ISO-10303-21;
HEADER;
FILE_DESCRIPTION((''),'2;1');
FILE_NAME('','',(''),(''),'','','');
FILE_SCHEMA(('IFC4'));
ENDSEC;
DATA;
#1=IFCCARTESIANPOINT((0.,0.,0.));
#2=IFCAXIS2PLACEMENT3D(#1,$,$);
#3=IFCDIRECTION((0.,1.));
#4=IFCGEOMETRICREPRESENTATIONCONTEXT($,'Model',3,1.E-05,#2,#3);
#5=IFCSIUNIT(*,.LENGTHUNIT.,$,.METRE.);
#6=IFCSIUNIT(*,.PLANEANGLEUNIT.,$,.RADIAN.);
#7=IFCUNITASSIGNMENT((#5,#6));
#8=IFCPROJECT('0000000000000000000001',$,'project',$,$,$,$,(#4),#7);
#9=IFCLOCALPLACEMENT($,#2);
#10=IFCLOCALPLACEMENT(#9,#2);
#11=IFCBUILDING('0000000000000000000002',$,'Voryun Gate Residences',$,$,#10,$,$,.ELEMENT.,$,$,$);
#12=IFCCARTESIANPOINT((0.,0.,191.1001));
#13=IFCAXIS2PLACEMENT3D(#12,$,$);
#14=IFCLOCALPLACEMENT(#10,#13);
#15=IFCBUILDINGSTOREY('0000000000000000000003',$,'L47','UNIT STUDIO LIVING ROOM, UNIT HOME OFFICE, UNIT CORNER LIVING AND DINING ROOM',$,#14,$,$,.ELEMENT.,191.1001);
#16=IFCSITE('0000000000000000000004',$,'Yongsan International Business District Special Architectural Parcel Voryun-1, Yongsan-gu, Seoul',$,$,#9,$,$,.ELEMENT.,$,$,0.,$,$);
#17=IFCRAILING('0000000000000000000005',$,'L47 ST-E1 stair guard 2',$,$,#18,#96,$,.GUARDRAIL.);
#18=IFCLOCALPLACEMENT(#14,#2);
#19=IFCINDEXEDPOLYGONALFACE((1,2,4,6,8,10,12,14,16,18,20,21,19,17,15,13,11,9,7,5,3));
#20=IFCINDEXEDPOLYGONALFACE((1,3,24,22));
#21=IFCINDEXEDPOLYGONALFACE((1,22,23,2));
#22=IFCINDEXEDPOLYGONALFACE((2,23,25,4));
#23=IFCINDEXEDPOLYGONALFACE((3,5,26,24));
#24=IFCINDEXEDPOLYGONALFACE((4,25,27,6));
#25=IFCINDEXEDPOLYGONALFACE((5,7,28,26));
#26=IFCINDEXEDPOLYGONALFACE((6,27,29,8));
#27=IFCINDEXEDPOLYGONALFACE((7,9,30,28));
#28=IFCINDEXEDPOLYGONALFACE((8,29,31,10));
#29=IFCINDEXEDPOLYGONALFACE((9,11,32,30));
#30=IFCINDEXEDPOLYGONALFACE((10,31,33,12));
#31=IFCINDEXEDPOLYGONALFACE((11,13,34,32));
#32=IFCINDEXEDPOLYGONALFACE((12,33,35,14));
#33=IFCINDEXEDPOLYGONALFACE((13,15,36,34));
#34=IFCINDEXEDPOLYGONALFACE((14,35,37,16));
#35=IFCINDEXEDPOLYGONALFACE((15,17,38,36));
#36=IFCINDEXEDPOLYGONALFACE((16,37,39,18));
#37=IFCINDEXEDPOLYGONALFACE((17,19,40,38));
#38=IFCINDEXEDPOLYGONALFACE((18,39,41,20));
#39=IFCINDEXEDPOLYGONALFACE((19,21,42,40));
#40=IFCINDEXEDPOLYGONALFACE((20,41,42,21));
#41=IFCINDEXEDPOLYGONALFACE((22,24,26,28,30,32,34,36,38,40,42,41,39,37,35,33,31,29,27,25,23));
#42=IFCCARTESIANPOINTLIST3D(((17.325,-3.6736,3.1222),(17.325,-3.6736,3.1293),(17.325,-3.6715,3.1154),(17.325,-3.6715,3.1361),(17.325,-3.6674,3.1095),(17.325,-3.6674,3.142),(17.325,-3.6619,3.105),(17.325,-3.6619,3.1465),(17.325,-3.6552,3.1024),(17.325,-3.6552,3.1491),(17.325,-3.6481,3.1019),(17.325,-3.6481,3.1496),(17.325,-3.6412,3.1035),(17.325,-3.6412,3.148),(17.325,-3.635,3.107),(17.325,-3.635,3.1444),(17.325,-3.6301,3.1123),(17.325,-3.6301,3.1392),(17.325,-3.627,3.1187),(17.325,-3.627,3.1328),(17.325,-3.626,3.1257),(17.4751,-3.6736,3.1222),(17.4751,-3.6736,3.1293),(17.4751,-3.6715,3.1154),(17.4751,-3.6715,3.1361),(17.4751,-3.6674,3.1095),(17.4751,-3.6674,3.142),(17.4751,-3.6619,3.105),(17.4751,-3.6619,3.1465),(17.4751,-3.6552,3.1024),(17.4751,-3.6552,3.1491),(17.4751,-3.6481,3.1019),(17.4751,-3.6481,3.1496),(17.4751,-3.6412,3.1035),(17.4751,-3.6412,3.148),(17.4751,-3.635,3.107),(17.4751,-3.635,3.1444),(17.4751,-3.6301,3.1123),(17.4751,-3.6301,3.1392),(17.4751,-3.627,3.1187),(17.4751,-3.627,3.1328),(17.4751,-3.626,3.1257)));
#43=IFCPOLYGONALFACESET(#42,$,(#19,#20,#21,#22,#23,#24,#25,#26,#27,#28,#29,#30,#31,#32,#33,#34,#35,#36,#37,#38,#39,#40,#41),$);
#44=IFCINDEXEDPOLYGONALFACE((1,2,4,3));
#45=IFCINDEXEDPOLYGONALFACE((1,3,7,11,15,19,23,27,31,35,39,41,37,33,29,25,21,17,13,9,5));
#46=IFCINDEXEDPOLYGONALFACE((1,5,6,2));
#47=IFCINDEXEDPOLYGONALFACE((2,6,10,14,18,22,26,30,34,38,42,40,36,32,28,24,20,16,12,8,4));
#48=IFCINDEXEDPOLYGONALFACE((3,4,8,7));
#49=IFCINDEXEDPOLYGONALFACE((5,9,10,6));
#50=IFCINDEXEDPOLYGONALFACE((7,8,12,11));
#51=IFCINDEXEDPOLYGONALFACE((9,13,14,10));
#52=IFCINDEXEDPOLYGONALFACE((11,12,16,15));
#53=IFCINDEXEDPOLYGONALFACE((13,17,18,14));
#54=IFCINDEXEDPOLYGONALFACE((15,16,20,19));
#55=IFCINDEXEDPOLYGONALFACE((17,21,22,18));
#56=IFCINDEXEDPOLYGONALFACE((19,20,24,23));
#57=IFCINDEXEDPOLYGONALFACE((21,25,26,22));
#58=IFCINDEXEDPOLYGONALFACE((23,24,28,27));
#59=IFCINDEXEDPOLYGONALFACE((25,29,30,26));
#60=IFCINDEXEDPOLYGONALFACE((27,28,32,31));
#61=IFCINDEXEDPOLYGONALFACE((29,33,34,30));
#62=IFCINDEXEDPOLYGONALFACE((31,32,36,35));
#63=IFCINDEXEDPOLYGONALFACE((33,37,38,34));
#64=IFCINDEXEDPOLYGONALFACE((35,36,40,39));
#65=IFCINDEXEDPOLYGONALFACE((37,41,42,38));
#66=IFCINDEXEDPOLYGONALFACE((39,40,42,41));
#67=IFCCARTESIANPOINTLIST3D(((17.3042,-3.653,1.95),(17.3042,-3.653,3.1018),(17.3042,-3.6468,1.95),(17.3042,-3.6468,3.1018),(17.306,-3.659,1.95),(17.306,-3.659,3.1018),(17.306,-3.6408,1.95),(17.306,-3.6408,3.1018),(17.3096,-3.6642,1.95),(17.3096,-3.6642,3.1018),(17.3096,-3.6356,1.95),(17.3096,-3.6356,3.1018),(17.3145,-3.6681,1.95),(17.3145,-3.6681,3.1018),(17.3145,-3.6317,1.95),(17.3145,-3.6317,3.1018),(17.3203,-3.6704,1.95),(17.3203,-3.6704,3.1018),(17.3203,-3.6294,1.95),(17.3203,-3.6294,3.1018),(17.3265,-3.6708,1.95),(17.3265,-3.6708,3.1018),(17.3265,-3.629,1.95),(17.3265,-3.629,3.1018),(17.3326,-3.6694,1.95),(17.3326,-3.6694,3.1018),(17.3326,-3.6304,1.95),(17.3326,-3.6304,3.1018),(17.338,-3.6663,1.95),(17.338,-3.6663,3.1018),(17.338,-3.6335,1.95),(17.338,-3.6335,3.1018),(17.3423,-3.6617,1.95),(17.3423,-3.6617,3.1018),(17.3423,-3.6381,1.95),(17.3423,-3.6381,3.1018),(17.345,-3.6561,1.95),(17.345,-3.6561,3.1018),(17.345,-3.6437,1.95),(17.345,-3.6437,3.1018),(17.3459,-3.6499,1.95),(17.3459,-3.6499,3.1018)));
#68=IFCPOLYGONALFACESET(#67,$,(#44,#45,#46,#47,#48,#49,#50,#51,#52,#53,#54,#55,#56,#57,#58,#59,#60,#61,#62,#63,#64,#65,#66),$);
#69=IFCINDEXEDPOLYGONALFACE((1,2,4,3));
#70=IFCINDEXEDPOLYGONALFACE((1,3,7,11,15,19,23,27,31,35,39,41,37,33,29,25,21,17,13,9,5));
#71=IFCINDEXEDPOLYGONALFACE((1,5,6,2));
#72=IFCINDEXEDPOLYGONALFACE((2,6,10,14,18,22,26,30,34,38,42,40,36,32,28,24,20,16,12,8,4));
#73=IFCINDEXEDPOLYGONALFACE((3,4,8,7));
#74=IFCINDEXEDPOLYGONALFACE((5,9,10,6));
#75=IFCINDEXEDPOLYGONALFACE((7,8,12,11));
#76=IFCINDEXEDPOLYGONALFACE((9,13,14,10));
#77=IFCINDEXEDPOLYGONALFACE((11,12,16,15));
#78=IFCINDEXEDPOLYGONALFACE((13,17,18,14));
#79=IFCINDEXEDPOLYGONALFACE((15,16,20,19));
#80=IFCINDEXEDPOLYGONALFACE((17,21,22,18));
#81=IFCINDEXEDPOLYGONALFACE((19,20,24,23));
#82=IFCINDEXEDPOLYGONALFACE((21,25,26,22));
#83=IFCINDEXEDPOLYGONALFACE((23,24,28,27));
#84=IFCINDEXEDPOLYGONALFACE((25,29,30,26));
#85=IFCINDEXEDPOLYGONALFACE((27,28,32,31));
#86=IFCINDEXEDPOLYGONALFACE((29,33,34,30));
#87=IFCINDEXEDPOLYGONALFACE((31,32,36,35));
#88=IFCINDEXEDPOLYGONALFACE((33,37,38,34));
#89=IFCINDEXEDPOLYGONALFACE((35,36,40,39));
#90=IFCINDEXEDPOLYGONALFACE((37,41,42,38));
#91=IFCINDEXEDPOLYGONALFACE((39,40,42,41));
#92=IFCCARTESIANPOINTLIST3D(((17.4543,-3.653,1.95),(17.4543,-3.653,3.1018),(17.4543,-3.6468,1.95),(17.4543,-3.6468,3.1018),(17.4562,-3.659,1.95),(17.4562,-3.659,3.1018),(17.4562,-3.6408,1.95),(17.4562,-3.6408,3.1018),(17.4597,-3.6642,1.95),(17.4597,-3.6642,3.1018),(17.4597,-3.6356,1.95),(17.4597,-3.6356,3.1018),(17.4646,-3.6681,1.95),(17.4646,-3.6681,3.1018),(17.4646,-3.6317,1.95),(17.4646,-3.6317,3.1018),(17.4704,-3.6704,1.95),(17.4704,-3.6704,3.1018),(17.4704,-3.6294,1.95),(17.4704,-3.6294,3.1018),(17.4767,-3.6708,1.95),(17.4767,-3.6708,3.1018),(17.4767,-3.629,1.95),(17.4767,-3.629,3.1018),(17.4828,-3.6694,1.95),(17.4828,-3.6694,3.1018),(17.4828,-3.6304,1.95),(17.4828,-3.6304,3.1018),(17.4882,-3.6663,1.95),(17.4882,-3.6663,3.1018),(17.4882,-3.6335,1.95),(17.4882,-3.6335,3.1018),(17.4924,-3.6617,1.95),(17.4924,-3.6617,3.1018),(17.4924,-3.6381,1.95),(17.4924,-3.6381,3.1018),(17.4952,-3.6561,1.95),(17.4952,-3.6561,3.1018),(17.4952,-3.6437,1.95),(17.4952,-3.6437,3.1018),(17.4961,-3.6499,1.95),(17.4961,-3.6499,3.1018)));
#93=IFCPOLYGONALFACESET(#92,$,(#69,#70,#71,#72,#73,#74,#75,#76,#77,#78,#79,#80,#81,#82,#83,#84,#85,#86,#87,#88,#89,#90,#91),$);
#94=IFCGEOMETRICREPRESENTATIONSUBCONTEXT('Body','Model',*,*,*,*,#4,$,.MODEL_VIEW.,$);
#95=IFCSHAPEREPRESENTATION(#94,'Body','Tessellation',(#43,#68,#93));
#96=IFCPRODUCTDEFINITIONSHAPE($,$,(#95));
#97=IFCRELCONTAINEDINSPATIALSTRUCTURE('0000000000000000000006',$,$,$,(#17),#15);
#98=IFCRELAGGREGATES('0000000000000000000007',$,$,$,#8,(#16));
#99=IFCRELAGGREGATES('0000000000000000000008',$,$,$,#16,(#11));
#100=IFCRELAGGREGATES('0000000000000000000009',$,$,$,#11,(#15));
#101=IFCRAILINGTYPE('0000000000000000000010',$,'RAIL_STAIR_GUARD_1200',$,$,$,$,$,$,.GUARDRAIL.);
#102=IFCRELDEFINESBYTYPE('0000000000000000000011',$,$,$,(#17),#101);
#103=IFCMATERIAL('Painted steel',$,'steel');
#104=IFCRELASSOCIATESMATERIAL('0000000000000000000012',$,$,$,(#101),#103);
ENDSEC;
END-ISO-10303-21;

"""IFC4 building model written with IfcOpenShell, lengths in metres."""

from ifc_helpers import new_model, si_unit, direction, frame, origin, origin_2d, place, context, subcontext, project, spatial, circle, extrude, material, type_object, element, save


model = new_model("IFC4")

# Units and contexts
model_context = context("Model", 3, precision=1e-05, world=origin(), true_north=direction((0.0, 1.0)))
body_context = subcontext(model_context, "Body", "Model", "MODEL_VIEW")
ifc_project = project(units=[si_unit("LENGTHUNIT", "METRE"), si_unit("PLANEANGLEUNIT", "RADIAN")], contexts=[model_context])

# Site, building, storey
site_placement = place(None, origin())
site = spatial("IfcSite", under=ifc_project, at=site_placement, Name="Yongsan International Business District Special Architectural Parcel Voryun-1, Yongsan-gu, Seoul", CompositionType="ELEMENT", RefElevation=0.0)
building_placement = place(site_placement, origin())
building = spatial("IfcBuilding", under=site, at=building_placement, Name="Voryun Gate Residences", CompositionType="ELEMENT")
storey_placement = place(building_placement, frame((0.0, 0.0, 191.1001)))
storey = spatial("IfcBuildingStorey", under=building, at=storey_placement, Name="L47", Description="UNIT STUDIO LIVING ROOM, UNIT HOME OFFICE, UNIT CORNER LIVING AND DINING ROOM", CompositionType="ELEMENT", Elevation=191.1001)

# Railing
ifc_material_1 = material(Name="Painted steel", Category="steel")
railing_type_1 = type_object("IfcRailingType", Name="RAIL_STAIR_GUARD_1200", PredefinedType="GUARDRAIL", material=ifc_material_1)
railing_1_placement = place(storey_placement, frame((17.325, -3.6499, 1.95)))
element("IfcRailing", 1, at=railing_1_placement, inside=storey, type_object=railing_type_1, Name="L47 ST-E1 stair guard 2", PredefinedType="GUARDRAIL", context=body_context, shape_type="SweptSolid", body=[
    extrude(circle(Radius=0.0239, at=origin_2d()), frame((0.0, 0.0, 1.1758), z_axis=(1.0, 0.0, 0.0), x_axis=(0.0, 1.0, 0.0)), (0.0, 0.0, 1.0), 0.1501),
    extrude(circle(Radius=0.021, at=origin_2d()), origin(), (0.0, 0.0, 1.0), 1.1519),
    extrude(circle(Radius=0.021, at=origin_2d()), frame((0.1501, 0.0, 0.0)), (0.0, 0.0, 1.0), 1.1519),
])

save(model, "model.ifc")
